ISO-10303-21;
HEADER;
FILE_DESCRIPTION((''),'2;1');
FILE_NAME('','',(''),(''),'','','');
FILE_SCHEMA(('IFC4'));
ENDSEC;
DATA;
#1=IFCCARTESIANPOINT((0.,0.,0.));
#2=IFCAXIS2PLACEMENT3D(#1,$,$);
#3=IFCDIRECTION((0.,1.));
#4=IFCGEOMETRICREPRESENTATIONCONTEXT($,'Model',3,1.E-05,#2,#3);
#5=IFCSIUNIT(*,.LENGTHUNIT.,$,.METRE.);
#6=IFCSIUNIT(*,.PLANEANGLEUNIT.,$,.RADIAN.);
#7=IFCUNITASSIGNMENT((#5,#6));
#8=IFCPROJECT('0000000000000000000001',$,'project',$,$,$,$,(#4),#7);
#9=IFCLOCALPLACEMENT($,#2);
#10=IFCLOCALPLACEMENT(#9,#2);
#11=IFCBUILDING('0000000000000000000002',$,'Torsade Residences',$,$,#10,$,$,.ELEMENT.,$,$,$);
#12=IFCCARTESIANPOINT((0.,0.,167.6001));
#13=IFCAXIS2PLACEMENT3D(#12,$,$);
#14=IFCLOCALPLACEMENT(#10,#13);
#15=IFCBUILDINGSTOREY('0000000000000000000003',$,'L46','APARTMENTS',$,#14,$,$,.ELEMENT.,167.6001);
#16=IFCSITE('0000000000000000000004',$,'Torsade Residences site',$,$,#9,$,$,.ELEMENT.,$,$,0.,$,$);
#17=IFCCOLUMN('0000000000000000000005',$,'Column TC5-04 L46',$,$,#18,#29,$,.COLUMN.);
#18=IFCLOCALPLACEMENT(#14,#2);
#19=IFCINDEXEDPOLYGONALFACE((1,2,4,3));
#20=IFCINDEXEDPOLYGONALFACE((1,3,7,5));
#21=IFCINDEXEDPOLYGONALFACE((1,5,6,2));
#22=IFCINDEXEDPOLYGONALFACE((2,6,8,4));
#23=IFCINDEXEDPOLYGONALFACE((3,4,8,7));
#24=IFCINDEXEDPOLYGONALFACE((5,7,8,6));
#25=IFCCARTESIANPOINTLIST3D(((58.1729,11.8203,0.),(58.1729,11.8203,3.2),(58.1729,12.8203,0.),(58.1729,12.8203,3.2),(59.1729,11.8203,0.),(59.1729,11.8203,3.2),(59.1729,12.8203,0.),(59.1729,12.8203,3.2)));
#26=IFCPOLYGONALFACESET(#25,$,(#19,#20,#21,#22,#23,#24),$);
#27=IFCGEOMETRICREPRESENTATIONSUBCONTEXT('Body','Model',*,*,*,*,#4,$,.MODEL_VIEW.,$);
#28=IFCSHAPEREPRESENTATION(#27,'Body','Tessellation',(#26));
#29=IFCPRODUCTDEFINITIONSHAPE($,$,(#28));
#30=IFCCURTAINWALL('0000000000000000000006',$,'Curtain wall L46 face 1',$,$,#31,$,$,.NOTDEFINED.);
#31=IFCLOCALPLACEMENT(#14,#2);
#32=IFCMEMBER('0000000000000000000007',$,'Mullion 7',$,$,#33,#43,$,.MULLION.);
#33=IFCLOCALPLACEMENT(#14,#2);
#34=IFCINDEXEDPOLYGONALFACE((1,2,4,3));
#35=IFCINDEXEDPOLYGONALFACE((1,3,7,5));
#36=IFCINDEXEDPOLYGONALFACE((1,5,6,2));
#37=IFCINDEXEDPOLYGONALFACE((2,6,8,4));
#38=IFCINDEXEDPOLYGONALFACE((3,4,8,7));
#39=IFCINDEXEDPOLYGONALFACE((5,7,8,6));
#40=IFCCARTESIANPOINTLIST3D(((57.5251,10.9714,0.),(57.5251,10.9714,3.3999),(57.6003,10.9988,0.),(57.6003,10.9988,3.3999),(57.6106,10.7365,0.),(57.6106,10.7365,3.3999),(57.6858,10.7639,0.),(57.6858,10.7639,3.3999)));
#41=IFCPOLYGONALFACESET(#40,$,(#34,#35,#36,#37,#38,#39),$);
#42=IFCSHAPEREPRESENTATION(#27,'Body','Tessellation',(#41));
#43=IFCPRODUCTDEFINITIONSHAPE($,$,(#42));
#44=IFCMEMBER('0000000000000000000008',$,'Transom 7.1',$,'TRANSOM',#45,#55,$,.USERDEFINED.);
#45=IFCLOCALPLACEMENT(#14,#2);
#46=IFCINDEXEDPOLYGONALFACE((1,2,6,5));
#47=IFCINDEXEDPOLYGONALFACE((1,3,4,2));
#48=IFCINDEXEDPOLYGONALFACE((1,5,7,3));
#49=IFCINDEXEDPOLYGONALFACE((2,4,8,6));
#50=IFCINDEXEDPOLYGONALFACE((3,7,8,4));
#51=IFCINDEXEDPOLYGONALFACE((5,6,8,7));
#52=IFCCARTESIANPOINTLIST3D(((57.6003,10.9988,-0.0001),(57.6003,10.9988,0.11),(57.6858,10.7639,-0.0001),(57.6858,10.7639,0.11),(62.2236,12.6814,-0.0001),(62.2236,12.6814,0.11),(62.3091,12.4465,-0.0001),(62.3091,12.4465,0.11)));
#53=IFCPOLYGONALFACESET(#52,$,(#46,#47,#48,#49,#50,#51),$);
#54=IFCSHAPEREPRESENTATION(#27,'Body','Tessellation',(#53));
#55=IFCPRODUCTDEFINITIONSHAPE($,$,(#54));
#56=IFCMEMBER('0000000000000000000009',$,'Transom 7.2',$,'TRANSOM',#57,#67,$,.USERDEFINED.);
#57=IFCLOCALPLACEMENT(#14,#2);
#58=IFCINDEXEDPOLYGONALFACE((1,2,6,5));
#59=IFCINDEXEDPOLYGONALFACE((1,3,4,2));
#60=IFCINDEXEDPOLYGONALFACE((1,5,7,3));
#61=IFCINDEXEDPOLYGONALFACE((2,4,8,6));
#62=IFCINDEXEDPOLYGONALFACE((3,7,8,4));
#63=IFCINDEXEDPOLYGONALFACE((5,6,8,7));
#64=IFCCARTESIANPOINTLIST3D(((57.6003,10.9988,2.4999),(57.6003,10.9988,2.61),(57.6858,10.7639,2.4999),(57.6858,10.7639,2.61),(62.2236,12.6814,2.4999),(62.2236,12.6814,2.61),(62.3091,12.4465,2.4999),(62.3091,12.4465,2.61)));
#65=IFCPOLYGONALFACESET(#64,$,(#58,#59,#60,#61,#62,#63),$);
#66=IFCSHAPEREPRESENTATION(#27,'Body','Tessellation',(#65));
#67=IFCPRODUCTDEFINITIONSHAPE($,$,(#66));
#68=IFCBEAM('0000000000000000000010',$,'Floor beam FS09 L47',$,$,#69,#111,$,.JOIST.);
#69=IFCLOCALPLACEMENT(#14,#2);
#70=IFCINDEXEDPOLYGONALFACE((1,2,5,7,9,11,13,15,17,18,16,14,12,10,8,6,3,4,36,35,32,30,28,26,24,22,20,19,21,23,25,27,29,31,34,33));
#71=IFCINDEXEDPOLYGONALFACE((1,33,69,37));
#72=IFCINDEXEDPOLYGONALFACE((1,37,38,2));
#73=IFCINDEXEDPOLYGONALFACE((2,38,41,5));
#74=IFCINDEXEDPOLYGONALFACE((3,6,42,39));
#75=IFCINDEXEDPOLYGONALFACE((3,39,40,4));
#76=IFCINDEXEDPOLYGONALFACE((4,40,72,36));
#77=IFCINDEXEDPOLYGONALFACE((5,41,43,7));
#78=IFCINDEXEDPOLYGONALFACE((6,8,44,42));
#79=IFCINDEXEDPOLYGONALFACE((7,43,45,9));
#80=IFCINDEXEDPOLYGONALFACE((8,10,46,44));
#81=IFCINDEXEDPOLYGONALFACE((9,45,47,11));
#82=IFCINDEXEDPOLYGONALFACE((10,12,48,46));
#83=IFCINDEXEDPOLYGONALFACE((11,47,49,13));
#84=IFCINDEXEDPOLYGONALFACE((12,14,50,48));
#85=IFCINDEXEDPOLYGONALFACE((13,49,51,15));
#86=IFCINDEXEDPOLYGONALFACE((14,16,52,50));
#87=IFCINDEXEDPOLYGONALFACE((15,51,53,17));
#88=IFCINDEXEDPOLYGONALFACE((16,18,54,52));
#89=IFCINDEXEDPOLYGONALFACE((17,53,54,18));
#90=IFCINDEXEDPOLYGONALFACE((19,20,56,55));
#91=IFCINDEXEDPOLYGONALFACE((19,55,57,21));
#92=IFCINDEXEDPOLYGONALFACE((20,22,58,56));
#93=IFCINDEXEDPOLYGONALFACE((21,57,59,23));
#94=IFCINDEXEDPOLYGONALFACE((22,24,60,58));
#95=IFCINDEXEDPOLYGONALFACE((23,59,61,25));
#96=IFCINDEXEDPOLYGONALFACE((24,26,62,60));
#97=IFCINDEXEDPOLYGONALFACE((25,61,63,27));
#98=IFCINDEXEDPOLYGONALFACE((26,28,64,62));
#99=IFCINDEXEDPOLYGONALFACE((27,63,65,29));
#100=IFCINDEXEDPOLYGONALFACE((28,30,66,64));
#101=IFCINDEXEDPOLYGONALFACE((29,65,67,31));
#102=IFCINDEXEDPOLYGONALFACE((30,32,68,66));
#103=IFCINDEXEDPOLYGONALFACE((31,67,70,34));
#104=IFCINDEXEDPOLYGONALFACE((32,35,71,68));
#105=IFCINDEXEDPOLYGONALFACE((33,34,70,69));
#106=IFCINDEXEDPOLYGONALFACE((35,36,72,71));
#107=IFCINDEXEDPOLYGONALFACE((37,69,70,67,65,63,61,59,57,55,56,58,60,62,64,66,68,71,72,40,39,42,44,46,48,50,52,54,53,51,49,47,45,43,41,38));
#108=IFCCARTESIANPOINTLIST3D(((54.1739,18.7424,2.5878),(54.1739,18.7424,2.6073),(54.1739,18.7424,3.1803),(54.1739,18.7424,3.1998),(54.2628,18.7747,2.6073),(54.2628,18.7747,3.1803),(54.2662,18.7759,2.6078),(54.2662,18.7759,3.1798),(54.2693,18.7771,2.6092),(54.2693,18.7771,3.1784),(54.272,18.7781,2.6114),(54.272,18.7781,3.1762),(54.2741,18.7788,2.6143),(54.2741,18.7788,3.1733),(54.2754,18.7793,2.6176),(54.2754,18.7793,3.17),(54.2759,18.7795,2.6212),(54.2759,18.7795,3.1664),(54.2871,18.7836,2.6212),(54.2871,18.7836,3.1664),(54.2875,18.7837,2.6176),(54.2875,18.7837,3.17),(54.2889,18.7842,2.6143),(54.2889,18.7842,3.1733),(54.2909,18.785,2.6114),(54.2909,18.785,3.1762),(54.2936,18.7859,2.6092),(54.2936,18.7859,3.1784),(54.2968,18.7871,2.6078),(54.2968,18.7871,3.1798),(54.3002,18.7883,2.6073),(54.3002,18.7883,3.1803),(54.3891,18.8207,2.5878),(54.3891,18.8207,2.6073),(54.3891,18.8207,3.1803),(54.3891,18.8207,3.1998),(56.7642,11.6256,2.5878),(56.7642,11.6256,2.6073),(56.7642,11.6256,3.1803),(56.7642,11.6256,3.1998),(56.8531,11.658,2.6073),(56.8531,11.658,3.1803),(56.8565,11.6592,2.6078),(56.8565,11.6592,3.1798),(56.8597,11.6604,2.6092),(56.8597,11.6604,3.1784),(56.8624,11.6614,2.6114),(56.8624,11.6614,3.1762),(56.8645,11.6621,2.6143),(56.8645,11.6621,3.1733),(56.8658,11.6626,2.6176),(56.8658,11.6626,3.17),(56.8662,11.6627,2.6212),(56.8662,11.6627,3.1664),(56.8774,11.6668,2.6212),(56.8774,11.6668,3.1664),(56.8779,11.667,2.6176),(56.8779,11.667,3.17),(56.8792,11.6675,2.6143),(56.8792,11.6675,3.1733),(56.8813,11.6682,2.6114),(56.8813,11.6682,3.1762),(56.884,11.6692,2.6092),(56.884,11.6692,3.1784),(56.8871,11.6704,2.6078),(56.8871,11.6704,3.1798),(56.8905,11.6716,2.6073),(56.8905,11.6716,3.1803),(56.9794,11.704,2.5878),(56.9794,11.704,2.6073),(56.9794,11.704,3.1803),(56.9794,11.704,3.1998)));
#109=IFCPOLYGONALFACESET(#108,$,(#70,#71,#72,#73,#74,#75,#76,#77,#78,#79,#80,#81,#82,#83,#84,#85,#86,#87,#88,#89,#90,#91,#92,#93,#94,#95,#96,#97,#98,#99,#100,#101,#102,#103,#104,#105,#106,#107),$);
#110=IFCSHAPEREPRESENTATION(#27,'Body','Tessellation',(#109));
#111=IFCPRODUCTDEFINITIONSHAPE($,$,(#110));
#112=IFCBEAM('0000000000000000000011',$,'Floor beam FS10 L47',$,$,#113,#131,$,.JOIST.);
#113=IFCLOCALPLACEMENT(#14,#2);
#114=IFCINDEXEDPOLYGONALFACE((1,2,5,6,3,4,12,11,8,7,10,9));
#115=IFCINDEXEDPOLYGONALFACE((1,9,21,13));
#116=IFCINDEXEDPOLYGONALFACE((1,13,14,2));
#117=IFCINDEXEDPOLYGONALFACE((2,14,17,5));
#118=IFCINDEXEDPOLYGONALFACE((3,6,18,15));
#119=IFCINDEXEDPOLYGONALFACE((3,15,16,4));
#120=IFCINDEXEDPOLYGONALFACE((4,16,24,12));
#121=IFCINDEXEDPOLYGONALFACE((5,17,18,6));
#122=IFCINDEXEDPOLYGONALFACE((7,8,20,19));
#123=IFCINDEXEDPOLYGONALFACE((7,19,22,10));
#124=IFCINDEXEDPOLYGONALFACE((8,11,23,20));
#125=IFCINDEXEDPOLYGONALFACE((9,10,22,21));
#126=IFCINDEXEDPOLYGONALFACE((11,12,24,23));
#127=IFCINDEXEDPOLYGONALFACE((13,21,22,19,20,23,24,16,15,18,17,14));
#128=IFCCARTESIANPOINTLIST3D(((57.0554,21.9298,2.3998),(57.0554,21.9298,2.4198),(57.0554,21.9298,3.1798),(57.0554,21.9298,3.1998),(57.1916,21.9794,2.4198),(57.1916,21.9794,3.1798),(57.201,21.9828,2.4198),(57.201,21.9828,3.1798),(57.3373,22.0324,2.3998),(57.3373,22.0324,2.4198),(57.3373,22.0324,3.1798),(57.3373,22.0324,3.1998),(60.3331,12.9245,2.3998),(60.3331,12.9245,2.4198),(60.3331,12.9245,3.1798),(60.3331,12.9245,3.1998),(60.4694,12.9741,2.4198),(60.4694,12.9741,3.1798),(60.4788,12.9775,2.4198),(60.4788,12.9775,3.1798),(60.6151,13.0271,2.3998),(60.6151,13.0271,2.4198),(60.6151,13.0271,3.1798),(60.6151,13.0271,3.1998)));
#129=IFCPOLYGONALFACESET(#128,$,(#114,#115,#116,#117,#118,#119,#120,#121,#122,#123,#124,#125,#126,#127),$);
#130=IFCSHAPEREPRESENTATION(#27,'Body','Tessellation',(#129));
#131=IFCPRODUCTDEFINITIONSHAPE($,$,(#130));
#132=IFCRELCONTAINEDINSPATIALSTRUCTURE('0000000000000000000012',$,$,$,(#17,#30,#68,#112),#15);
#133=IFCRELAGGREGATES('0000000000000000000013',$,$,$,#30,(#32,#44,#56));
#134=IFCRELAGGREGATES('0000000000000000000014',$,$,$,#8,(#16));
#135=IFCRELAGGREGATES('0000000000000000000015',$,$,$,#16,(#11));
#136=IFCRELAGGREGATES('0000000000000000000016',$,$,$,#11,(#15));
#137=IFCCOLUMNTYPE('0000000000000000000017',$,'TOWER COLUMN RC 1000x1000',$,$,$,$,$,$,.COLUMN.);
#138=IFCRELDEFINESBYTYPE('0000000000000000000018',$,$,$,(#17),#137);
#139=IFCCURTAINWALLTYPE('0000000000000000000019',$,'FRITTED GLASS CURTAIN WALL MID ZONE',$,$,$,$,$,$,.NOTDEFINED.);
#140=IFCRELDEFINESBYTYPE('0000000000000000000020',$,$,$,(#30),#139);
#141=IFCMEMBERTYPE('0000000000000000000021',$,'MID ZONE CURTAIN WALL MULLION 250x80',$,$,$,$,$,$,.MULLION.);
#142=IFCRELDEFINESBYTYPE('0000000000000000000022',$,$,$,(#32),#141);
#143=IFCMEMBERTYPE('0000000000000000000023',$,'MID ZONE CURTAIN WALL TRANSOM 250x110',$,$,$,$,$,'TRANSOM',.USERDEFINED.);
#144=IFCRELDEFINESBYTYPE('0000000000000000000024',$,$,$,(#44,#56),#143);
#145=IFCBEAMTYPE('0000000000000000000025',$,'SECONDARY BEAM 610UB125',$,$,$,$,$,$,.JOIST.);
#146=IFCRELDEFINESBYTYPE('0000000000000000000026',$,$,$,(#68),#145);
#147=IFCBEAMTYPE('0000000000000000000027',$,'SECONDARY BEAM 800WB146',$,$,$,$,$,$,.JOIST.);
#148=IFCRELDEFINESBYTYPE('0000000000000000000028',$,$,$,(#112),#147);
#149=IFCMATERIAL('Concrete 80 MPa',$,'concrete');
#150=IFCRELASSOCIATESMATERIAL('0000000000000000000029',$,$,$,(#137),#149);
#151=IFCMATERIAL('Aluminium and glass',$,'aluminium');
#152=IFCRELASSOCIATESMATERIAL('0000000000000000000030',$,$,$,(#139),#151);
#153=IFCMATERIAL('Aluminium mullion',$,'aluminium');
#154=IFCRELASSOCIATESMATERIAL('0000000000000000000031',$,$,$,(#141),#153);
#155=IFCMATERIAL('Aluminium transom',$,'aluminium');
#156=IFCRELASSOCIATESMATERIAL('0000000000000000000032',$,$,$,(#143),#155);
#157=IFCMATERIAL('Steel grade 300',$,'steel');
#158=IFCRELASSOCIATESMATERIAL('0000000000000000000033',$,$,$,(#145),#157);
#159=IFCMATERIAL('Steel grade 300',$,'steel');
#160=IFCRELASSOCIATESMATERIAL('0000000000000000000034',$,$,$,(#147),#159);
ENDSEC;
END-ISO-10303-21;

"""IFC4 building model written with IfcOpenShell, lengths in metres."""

from ifc_helpers import new_model, si_unit, direction, frame, origin, origin_2d, place, context, subcontext, project, spatial, rectangle, i_section, extrude, material, material_profile, profile_set, type_object, element, aggregate, save


model = new_model("IFC4")

# Units and contexts
model_context = context("Model", 3, precision=1e-05, world=origin(), true_north=direction((0.0, 1.0)))
body_context = subcontext(model_context, "Body", "Model", "MODEL_VIEW")
ifc_project = project(units=[si_unit("LENGTHUNIT", "METRE"), si_unit("PLANEANGLEUNIT", "RADIAN")], contexts=[model_context])

# Site, building, storey
site_placement = place(None, origin())
site = spatial("IfcSite", under=ifc_project, at=site_placement, Name="Torsade Residences site", CompositionType="ELEMENT", RefElevation=0.0)
building_placement = place(site_placement, origin())
building = spatial("IfcBuilding", under=site, at=building_placement, Name="Torsade Residences", CompositionType="ELEMENT")
storey_placement = place(building_placement, frame((0.0, 0.0, 167.6001)))
storey = spatial("IfcBuildingStorey", under=building, at=storey_placement, Name="L46", Description="APARTMENTS", CompositionType="ELEMENT", Elevation=167.6001)

# Column
ifc_material_1 = material(Name="Concrete 80 MPa", Category="concrete")
ifc_material_profile_1 = material_profile(ifc_material_1, rectangle(XDim=1.0, YDim=1.0, at=origin_2d()), Name="RC 1000x1000")
ifc_profile_set_1 = profile_set([ifc_material_profile_1], Name="Concrete 80 MPa")
column_type = type_object("IfcColumnType", Name="TOWER COLUMN RC 1000x1000", PredefinedType="COLUMN", material=ifc_profile_set_1)
column_placement = place(storey_placement, frame((58.6729, 12.3203, 0.0), z_axis=(0.0, 0.0, 1.0), x_axis=(1.0, 0.0, 0.0)))
element("IfcColumn", 1, at=column_placement, inside=storey, type_object=column_type, Name="Column TC5-04 L46", PredefinedType="COLUMN", context=body_context, shape_type="SweptSolid", body=[
    extrude(rectangle(XDim=1.0, YDim=1.0, at=origin_2d()), origin(), (0.0, 0.0, 1.0), 3.2),
])

# Curtain wall, members
ifc_material_2 = material(Name="Aluminium and glass", Category="aluminium")
curtain_wall_type = type_object("IfcCurtainWallType", Name="FRITTED GLASS CURTAIN WALL MID ZONE", PredefinedType="NOTDEFINED", material=ifc_material_2)
curtain_wall_placement = place(storey_placement, origin())
curtain_wall = element("IfcCurtainWall", 2, at=curtain_wall_placement, inside=storey, type_object=curtain_wall_type, Name="Curtain wall L46 face 1", PredefinedType="NOTDEFINED")
ifc_material_3 = material(Name="Aluminium mullion", Category="aluminium")
ifc_material_profile_2 = material_profile(ifc_material_3, rectangle(XDim=0.25, YDim=0.0801, at=origin_2d()), Name="MID ZONE CURTAIN WALL MULLION 250x80")
ifc_profile_set_2 = profile_set([ifc_material_profile_2], Name="Aluminium mullion")
member_type_1 = type_object("IfcMemberType", Name="MID ZONE CURTAIN WALL MULLION 250x80", PredefinedType="MULLION", material=ifc_profile_set_2)
member_1_placement = place(storey_placement, frame((57.6055, 10.8677, 0.0), z_axis=(0.0, 0.0, 1.0), x_axis=(-0.34202, 0.939693, 0.0)))
member_1 = element("IfcMember", 3, at=member_1_placement, type_object=member_type_1, Name="Mullion 7", PredefinedType="MULLION", context=body_context, shape_type="SweptSolid", body=[
    extrude(rectangle(XDim=0.25, YDim=0.0801, at=origin_2d()), origin(), (0.0, 0.0, 1.0), 3.3999),
])
ifc_material_4 = material(Name="Aluminium transom", Category="aluminium")
ifc_material_profile_3 = material_profile(ifc_material_4, rectangle(XDim=0.25, YDim=0.1101, at=origin_2d()), Name="MID ZONE CURTAIN WALL TRANSOM 250x110")
ifc_profile_set_3 = profile_set([ifc_material_profile_3], Name="Aluminium transom")
member_type_2 = type_object("IfcMemberType", Name="MID ZONE CURTAIN WALL TRANSOM 250x110", ElementType="TRANSOM", PredefinedType="USERDEFINED", material=ifc_profile_set_3)
member_2_placement = place(storey_placement, frame((57.6431, 10.8813, 0.0549), z_axis=(0.939701, 0.341998, 0.0), x_axis=(-0.341998, 0.939701, 0.0)))
member_2 = element("IfcMember", 4, at=member_2_placement, type_object=member_type_2, Name="Transom 7.1", ObjectType="TRANSOM", PredefinedType="USERDEFINED", context=body_context, shape_type="SweptSolid", body=[
    extrude(rectangle(XDim=0.25, YDim=0.1101, at=origin_2d()), origin(), (0.0, 0.0, 1.0), 4.9199),
])
member_3_placement = place(storey_placement, frame((57.6431, 10.8813, 2.5549), z_axis=(0.939701, 0.341998, 0.0), x_axis=(-0.341998, 0.939701, 0.0)))
member_3 = element("IfcMember", 5, at=member_3_placement, type_object=member_type_2, Name="Transom 7.2", ObjectType="TRANSOM", PredefinedType="USERDEFINED", context=body_context, shape_type="SweptSolid", body=[
    extrude(rectangle(XDim=0.25, YDim=0.1101, at=origin_2d()), origin(), (0.0, 0.0, 1.0), 4.9199),
])

# Beams
ifc_material_5 = material(Name="Steel grade 300", Category="steel")
ifc_material_profile_4 = material_profile(ifc_material_5, i_section(OverallWidth=0.229, OverallDepth=0.6121, WebThickness=0.012, FlangeThickness=0.0195, FilletRadius=0.0139, at=origin_2d()), Name="610UB125")
ifc_profile_set_4 = profile_set([ifc_material_profile_4], Name="Steel grade 300")
beam_type_1 = type_object("IfcBeamType", Name="SECONDARY BEAM 610UB125", PredefinedType="JOIST", material=ifc_profile_set_4)
beam_1_placement = place(storey_placement, frame((56.8718, 11.6648, 2.8938), z_axis=(-0.342028, 0.93969, 0.0), x_axis=(-0.93969, -0.342028, 0.0)))
element("IfcBeam", 6, at=beam_1_placement, inside=storey, type_object=beam_type_1, Name="Floor beam FS09 L47", PredefinedType="JOIST", context=body_context, shape_type="SweptSolid", body=[
    extrude(i_section(OverallWidth=0.229, OverallDepth=0.6121, WebThickness=0.012, FlangeThickness=0.0195, FilletRadius=0.0139, at=origin_2d()), origin(), (0.0, 0.0, 1.0), 7.5735),
])
ifc_material_6 = material(Name="Steel grade 300", Category="steel")
ifc_material_profile_5 = material_profile(ifc_material_6, i_section(OverallWidth=0.3, OverallDepth=0.8, WebThickness=0.01, FlangeThickness=0.02, at=origin_2d()), Name="800WB146")
ifc_profile_set_5 = profile_set([ifc_material_profile_5], Name="Steel grade 300")
beam_type_2 = type_object("IfcBeamType", Name="SECONDARY BEAM 800WB146", PredefinedType="JOIST", material=ifc_profile_set_5)
beam_2_placement = place(storey_placement, frame((60.4741, 12.9758, 2.7998), z_axis=(-0.342034, 0.939688, 0.0), x_axis=(-0.939688, -0.342034, 0.0)))
element("IfcBeam", 7, at=beam_2_placement, inside=storey, type_object=beam_type_2, Name="Floor beam FS10 L47", PredefinedType="JOIST", context=body_context, shape_type="SweptSolid", body=[
    extrude(i_section(OverallWidth=0.3, OverallDepth=0.8, WebThickness=0.01, FlangeThickness=0.02, at=origin_2d()), origin(), (0.0, 0.0, 1.0), 9.5833),
])

aggregate(curtain_wall, [member_1, member_2, member_3])

save(model, "model.ifc")
